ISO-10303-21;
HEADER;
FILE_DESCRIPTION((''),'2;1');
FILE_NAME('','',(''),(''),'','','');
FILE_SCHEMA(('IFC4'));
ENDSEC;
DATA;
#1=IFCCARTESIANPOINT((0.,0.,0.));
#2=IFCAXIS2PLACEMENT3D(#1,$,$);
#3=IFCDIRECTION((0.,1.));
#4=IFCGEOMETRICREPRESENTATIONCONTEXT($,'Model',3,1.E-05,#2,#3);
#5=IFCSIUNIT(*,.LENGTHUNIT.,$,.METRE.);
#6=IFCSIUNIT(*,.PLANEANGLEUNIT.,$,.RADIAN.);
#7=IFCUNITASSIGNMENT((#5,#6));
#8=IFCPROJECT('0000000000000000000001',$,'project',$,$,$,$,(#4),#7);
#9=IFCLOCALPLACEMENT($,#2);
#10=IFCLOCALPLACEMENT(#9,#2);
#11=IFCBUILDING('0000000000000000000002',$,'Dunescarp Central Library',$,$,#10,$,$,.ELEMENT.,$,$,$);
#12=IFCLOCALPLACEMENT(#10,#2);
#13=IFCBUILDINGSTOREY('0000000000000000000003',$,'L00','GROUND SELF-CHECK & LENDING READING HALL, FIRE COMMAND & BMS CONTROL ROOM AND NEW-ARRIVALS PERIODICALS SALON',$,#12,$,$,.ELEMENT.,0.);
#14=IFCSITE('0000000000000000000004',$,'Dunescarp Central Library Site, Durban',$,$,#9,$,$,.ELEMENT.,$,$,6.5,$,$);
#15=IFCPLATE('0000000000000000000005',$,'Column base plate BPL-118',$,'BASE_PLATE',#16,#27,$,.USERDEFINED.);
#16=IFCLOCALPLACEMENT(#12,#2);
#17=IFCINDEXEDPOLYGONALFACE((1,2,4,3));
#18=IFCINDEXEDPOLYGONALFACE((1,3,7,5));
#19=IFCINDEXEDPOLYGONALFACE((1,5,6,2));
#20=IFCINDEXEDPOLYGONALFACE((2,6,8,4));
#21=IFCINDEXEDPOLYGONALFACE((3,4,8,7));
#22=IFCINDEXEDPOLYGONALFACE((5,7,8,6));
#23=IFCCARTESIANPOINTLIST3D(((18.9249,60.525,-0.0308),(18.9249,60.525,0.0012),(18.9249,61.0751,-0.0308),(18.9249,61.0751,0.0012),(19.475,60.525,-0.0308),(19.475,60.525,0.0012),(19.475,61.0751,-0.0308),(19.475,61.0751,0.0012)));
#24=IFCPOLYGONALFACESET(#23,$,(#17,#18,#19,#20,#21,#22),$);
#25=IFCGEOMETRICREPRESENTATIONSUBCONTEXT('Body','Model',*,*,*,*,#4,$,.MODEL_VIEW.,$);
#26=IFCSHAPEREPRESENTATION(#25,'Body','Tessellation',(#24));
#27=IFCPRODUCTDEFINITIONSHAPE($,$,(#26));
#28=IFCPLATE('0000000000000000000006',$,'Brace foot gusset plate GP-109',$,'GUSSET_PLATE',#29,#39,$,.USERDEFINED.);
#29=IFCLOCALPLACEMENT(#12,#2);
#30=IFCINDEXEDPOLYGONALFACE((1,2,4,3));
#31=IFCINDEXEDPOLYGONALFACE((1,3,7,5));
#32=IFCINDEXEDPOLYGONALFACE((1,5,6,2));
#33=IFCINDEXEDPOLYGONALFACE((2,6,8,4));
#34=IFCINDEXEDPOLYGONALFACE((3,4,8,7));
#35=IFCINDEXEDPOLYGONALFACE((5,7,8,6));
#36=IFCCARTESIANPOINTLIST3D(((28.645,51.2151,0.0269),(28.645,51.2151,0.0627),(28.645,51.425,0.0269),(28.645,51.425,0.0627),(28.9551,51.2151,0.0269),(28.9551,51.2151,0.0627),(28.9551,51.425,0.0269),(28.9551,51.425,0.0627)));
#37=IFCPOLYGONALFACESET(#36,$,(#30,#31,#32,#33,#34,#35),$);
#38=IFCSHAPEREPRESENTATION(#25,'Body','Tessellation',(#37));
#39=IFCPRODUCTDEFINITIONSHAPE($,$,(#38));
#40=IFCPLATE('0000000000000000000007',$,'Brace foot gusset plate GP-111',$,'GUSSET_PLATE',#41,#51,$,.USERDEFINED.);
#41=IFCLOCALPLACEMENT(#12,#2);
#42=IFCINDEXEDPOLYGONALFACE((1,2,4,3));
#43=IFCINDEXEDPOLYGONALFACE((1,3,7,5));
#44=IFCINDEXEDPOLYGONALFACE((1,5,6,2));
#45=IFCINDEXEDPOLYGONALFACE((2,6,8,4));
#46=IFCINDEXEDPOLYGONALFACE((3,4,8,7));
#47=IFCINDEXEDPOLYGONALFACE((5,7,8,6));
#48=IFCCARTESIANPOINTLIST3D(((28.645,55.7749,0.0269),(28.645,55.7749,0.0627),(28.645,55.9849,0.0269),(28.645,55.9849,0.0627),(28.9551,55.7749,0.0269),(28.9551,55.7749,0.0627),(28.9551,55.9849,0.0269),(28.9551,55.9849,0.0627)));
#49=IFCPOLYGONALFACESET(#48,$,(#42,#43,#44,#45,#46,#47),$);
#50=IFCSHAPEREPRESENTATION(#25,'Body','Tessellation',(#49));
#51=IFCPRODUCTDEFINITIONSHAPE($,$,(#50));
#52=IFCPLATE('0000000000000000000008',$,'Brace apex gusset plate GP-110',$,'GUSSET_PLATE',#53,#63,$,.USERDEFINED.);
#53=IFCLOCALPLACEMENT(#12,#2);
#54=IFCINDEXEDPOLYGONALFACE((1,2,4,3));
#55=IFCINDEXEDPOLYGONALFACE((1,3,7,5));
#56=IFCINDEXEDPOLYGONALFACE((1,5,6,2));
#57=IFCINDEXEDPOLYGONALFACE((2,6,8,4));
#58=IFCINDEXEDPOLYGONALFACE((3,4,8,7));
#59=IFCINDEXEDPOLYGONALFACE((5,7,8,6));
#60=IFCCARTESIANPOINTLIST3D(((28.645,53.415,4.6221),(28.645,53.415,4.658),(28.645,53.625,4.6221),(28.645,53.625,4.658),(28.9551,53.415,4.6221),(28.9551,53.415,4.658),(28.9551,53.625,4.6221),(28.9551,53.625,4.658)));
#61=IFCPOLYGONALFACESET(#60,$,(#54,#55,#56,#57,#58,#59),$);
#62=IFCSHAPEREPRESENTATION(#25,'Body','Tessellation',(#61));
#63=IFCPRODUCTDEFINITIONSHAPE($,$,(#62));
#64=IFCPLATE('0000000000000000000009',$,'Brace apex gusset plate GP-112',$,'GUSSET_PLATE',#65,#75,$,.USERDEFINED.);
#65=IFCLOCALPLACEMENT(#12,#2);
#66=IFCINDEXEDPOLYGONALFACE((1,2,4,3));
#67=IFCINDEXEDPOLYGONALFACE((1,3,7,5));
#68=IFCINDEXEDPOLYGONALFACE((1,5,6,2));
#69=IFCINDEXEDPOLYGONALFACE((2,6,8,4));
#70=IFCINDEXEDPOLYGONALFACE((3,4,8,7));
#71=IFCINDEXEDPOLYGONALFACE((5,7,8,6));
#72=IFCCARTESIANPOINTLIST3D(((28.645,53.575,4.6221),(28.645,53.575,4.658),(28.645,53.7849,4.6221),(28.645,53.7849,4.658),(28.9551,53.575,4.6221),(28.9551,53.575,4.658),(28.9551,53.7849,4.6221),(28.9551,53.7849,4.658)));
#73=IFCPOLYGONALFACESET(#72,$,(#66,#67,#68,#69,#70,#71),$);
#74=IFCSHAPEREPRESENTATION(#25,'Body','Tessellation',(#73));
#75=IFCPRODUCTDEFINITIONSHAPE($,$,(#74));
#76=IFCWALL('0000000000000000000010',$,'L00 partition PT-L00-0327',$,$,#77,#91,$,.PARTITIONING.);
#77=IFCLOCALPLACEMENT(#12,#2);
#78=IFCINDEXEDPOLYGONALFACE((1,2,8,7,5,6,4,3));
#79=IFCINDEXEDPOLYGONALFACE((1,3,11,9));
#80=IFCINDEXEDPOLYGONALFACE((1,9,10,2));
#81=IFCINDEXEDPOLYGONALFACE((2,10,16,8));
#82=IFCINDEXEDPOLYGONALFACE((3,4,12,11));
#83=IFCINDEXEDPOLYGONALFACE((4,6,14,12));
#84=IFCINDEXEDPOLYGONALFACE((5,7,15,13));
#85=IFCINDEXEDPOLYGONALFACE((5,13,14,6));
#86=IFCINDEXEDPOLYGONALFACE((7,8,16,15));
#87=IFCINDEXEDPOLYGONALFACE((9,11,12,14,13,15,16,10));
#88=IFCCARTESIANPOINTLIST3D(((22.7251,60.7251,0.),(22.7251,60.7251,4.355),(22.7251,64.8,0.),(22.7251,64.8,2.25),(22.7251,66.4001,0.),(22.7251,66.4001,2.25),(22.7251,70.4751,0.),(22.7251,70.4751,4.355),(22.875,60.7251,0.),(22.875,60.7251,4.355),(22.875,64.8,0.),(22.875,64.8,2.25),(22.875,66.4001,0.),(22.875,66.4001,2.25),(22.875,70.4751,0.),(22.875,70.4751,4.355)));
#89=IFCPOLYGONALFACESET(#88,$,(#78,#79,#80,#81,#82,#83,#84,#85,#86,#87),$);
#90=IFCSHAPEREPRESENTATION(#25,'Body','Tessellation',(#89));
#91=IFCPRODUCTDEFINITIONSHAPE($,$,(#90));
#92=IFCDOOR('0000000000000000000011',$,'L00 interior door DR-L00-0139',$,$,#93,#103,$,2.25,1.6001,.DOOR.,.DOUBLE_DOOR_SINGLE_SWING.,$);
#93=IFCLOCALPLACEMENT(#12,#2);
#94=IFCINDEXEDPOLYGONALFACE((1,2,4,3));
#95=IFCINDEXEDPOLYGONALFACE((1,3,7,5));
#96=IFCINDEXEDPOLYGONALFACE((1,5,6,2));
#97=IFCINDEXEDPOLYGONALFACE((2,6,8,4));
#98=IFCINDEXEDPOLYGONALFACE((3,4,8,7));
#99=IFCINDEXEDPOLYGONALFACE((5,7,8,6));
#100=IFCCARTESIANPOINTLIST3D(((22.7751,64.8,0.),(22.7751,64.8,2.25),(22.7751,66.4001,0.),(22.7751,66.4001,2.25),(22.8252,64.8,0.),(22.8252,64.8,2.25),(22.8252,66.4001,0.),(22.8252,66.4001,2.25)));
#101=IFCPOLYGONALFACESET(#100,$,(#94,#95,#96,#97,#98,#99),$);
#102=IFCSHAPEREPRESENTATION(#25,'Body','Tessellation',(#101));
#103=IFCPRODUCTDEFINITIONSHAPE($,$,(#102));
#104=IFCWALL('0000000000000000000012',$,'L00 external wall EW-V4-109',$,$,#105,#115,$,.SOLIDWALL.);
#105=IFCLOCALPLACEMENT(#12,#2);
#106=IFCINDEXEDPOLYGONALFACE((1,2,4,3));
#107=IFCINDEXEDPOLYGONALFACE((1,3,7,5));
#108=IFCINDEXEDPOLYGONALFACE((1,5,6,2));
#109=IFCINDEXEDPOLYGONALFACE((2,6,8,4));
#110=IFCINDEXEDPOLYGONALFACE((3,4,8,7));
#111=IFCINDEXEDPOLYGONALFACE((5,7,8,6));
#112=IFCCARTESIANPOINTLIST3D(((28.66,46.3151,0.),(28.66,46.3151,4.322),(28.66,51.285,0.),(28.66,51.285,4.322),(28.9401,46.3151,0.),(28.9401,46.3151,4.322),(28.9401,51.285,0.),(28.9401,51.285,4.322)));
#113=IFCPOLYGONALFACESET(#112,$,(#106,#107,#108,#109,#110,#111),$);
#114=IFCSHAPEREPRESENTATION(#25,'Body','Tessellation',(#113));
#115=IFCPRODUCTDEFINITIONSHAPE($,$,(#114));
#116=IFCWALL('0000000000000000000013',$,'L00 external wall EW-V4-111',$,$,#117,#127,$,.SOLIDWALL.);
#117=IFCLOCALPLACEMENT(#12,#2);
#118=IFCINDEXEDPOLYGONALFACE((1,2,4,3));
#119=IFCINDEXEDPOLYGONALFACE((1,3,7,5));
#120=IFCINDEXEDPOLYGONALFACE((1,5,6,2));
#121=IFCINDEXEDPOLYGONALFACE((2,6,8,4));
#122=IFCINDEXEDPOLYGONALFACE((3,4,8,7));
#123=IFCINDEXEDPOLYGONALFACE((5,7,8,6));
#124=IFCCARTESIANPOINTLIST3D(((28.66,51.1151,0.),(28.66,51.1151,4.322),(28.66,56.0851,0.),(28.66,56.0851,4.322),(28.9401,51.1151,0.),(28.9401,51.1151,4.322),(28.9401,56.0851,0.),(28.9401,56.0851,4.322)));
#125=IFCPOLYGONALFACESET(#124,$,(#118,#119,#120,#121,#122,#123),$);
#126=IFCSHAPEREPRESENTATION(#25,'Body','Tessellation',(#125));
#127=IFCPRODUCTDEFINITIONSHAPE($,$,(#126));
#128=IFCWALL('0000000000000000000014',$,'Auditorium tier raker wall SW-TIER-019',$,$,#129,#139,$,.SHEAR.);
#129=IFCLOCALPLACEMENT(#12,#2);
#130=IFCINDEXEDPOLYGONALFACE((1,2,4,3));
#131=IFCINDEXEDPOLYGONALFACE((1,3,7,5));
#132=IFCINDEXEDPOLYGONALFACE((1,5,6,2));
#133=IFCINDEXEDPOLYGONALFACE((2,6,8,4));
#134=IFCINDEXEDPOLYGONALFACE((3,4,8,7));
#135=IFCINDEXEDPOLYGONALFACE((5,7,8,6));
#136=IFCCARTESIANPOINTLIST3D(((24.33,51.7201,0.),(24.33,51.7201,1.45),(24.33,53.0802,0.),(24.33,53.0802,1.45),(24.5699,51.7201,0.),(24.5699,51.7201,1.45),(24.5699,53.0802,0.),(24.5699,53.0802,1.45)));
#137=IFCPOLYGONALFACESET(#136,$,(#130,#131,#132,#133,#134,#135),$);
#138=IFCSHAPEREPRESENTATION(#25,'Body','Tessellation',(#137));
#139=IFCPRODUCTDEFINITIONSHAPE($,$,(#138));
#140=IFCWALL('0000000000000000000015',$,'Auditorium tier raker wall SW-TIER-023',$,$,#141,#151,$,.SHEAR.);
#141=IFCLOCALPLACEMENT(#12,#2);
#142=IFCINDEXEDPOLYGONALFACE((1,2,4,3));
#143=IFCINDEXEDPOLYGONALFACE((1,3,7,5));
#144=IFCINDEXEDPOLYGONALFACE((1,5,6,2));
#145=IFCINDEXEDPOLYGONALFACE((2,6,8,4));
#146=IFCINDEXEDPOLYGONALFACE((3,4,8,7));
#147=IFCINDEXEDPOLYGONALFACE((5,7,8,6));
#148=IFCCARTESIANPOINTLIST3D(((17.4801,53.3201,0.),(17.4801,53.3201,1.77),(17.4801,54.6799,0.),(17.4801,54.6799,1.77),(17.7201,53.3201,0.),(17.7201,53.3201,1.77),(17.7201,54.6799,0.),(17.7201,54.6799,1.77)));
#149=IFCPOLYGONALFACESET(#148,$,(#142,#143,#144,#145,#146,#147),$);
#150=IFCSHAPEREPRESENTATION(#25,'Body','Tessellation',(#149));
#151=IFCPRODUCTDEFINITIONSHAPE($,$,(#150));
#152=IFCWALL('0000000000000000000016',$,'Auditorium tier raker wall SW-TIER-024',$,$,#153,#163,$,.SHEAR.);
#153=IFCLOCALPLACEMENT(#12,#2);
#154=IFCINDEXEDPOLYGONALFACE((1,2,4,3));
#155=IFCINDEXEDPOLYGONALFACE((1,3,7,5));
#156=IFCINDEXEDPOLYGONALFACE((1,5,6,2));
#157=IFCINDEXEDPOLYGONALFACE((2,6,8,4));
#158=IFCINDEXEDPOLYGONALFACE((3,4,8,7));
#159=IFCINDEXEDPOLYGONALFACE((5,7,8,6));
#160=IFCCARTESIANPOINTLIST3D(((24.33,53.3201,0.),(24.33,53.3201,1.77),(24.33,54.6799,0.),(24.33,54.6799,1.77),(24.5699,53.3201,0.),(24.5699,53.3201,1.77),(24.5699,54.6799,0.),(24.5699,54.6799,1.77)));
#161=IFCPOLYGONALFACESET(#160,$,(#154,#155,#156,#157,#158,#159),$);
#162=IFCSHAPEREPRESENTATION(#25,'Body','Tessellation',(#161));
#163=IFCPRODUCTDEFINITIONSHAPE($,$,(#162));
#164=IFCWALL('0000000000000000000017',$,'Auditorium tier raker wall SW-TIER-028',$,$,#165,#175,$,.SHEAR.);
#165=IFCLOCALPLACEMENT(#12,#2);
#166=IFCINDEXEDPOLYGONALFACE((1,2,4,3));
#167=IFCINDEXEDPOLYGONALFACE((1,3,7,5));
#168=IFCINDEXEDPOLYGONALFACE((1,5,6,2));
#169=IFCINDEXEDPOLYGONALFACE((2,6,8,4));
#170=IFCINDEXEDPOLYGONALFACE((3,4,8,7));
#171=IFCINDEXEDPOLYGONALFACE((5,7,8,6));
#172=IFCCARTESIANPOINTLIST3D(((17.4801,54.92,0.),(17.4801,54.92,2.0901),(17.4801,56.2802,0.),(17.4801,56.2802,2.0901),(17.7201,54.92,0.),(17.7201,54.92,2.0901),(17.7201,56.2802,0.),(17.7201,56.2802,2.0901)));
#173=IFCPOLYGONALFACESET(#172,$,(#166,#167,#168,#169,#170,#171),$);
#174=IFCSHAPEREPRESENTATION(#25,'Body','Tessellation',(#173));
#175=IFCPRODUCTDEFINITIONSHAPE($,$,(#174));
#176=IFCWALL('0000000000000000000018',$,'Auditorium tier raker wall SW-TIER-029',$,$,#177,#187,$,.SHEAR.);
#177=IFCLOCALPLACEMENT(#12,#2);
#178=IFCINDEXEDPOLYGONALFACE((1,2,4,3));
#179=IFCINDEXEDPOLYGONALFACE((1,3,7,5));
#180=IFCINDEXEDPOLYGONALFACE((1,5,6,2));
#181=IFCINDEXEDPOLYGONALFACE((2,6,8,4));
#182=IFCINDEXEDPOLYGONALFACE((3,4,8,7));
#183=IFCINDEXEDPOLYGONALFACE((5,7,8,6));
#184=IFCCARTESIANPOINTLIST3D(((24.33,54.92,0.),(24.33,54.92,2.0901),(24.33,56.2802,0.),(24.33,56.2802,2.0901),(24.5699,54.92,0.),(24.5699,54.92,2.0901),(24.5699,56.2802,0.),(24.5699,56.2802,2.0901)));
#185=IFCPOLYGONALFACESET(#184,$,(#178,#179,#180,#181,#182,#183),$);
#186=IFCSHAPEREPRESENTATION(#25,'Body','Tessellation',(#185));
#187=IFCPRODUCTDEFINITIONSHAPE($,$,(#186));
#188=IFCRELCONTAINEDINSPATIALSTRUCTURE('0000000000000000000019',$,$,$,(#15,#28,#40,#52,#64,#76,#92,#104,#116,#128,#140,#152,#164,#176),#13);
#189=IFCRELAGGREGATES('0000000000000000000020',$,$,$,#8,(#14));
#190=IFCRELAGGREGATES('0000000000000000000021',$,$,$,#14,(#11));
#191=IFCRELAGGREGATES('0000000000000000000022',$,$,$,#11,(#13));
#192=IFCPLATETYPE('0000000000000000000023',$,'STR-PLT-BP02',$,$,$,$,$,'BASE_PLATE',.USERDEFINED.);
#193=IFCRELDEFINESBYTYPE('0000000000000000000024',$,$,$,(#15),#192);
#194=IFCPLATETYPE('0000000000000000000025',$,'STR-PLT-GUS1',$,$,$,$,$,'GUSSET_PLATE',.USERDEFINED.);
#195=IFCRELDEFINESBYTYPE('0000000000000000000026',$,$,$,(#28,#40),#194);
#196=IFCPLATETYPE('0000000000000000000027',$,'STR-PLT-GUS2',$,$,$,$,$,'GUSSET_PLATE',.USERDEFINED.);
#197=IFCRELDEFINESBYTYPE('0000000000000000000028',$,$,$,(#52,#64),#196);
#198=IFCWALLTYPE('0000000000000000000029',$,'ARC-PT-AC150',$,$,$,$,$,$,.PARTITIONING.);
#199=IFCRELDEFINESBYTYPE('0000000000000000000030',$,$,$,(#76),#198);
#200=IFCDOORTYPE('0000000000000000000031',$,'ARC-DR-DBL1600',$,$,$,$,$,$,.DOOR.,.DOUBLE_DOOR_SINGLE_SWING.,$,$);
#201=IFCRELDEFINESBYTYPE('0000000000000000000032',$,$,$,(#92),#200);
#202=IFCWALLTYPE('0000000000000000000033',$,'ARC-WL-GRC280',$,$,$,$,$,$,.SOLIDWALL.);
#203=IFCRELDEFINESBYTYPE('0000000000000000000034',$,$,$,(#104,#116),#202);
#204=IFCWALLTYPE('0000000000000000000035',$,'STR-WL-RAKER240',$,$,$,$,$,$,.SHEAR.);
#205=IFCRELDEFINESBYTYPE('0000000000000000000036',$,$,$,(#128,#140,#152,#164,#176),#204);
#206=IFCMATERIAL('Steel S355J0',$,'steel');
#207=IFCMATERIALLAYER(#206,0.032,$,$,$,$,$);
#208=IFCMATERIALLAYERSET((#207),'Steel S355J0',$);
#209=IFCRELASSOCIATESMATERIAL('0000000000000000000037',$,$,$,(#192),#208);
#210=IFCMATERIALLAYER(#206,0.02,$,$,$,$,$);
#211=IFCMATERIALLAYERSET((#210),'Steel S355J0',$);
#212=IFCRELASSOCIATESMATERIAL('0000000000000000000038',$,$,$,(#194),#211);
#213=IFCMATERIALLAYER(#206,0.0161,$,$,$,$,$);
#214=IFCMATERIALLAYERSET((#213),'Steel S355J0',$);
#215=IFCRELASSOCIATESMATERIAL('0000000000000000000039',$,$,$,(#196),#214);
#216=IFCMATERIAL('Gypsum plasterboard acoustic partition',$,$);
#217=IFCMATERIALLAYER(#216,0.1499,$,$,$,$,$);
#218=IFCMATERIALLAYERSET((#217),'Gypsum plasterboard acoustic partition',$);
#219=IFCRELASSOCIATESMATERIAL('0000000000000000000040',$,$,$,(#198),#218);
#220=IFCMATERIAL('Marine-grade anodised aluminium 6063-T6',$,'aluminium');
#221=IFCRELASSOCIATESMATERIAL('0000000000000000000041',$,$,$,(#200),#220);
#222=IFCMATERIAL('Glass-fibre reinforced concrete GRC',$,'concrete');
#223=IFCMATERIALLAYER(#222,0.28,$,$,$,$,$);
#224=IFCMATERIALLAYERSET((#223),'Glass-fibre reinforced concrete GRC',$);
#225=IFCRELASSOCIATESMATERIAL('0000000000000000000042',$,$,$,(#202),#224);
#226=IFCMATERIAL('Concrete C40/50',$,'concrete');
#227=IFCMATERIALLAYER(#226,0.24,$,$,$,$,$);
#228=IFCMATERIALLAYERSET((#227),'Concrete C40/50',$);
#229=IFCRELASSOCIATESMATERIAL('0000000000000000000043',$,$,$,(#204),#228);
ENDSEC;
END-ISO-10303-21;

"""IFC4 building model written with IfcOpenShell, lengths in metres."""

from ifc_helpers import new_model, si_unit, direction, frame, frame_2d, origin, origin_2d, place, context, subcontext, project, spatial, rectangle, extrude, material, layer, layer_set, type_object, element, fill, save


model = new_model("IFC4")

# Units and contexts
model_context = context("Model", 3, precision=1e-05, world=origin(), true_north=direction((0.0, 1.0)))
body_context = subcontext(model_context, "Body", "Model", "MODEL_VIEW")
ifc_project = project(units=[si_unit("LENGTHUNIT", "METRE"), si_unit("PLANEANGLEUNIT", "RADIAN")], contexts=[model_context])

# Site, building, storey
site_placement = place(None, origin())
site = spatial("IfcSite", under=ifc_project, at=site_placement, Name="Dunescarp Central Library Site, Durban", CompositionType="ELEMENT", RefElevation=6.5)
building_placement = place(site_placement, origin())
building = spatial("IfcBuilding", under=site, at=building_placement, Name="Dunescarp Central Library", CompositionType="ELEMENT")
storey_placement = place(building_placement, origin())
storey = spatial("IfcBuildingStorey", under=building, at=storey_placement, Name="L00", Description="GROUND SELF-CHECK & LENDING READING HALL, FIRE COMMAND & BMS CONTROL ROOM AND NEW-ARRIVALS PERIODICALS SALON", CompositionType="ELEMENT", Elevation=0.0)

# Shared definitions
ifc_material_1 = material(Name="Concrete C40/50", Category="concrete")

# Shared definitions
ifc_material_2 = material(Name="Steel S355J0", Category="steel")

# Plates
ifc_layer_1 = layer(ifc_material_2, 0.032)
ifc_layer_set_1 = layer_set([ifc_layer_1], Name="Steel S355J0")
plate_type_1 = type_object("IfcPlateType", Name="STR-PLT-BP02", ElementType="BASE_PLATE", PredefinedType="USERDEFINED", material=ifc_layer_set_1)
plate_placement = place(storey_placement, frame((19.2, 60.8, -0.0308), z_axis=(0.0, 0.0, 1.0), x_axis=(1.0, 0.0, 0.0)))
element("IfcPlate", 1, at=plate_placement, inside=storey, type_object=plate_type_1, Name="Column base plate BPL-118", ObjectType="BASE_PLATE", PredefinedType="USERDEFINED", context=body_context, shape_type="SweptSolid", body=[
    extrude(rectangle(XDim=0.55, YDim=0.55, at=origin_2d()), origin(), (0.0, 0.0, 1.0), 0.032),
])
ifc_layer_2 = layer(ifc_material_2, 0.02)
ifc_layer_set_2 = layer_set([ifc_layer_2], Name="Steel S355J0")
plate_type_2 = type_object("IfcPlateType", Name="STR-PLT-GUS1", ElementType="GUSSET_PLATE", PredefinedType="USERDEFINED", material=ifc_layer_set_2)
for number, where, z_axis, x_axis, name in (
    (2, (28.8, 51.3201, 0.0269), (0.0, 0.0, 1.0), (1.0, 0.0, 0.0), "Brace foot gusset plate GP-109"),
    (3, (28.8, 55.8799, 0.0269), (0.0, 0.0, 1.0), (1.0, 0.0, 0.0), "Brace foot gusset plate GP-111"),
):
    element("IfcPlate", number, at=place(storey_placement, frame(where, z_axis=z_axis, x_axis=x_axis)), inside=storey, type_object=plate_type_2, Name=name, ObjectType="GUSSET_PLATE", PredefinedType="USERDEFINED", context=body_context, shape_type="SweptSolid", body=[
        extrude(rectangle(XDim=0.3101, YDim=0.21, at=origin_2d()), origin(), (0.0, 0.0, 1.0), 0.0359),
    ])
ifc_layer_3 = layer(ifc_material_2, 0.0161)
ifc_layer_set_3 = layer_set([ifc_layer_3], Name="Steel S355J0")
plate_type_3 = type_object("IfcPlateType", Name="STR-PLT-GUS2", ElementType="GUSSET_PLATE", PredefinedType="USERDEFINED", material=ifc_layer_set_3)
for number, where, z_axis, x_axis, name in (
    (4, (28.8, 53.52, 4.6221), (0.0, 0.0, 1.0), (1.0, 0.0, 0.0), "Brace apex gusset plate GP-110"),
    (5, (28.8, 53.6799, 4.6221), (0.0, 0.0, 1.0), (1.0, 0.0, 0.0), "Brace apex gusset plate GP-112"),
):
    element("IfcPlate", number, at=place(storey_placement, frame(where, z_axis=z_axis, x_axis=x_axis)), inside=storey, type_object=plate_type_3, Name=name, ObjectType="GUSSET_PLATE", PredefinedType="USERDEFINED", context=body_context, shape_type="SweptSolid", body=[
        extrude(rectangle(XDim=0.3101, YDim=0.21, at=origin_2d()), origin(), (0.0, 0.0, 1.0), 0.0359),
    ])

# Wall, opening, door
ifc_material_3 = material(Name="Gypsum plasterboard acoustic partition")
ifc_layer_4 = layer(ifc_material_3, 0.1499)
ifc_layer_set_4 = layer_set([ifc_layer_4], Name="Gypsum plasterboard acoustic partition")
wall_type_1 = type_object("IfcWallType", Name="ARC-PT-AC150", PredefinedType="PARTITIONING", material=ifc_layer_set_4)
wall_1_placement = place(storey_placement, frame((22.8, 60.7251, 0.0), z_axis=(0.0, 0.0, 1.0), x_axis=(0.0, 1.0, 0.0)))
wall_1 = element("IfcWall", 6, at=wall_1_placement, inside=storey, type_object=wall_type_1, Name="L00 partition PT-L00-0327", PredefinedType="PARTITIONING", context=body_context, shape_type="SweptSolid", body=[
    extrude(rectangle(XDim=9.75, YDim=0.1499, at=frame_2d((4.875, 0.0))), origin(), (0.0, 0.0, 1.0), 4.355),
])
opening_placement = place(wall_1_placement, frame((4.075, 0.0, 0.0)))
opening = element("IfcOpeningElement", 7, at=opening_placement, cuts=wall_1, PredefinedType="OPENING", context=body_context, shape_type="SweptSolid", body=[
    extrude(rectangle(XDim=1.6001, YDim=2.25, at=frame_2d((0.8, 1.125))), frame((0.0, 0.085, 0.0), z_axis=(0.0, -1.0, 0.0), x_axis=(1.0, 0.0, 0.0)), (0.0, 0.0, 1.0), 0.1699),
])
ifc_material_4 = material(Name="Marine-grade anodised aluminium 6063-T6", Category="aluminium")
door_type = type_object("IfcDoorType", Name="ARC-DR-DBL1600", OperationType="DOUBLE_DOOR_SINGLE_SWING", PredefinedType="DOOR", material=ifc_material_4)
door_placement = place(opening_placement, origin())
door = element("IfcDoor", 8, at=door_placement, inside=storey, type_object=door_type, Name="L00 interior door DR-L00-0139", OperationType="DOUBLE_DOOR_SINGLE_SWING", OverallHeight=2.25, OverallWidth=1.6001, PredefinedType="DOOR", context=body_context, shape_type="SweptSolid", body=[
    extrude(rectangle(XDim=1.6001, YDim=2.25, at=frame_2d((0.8, 1.125))), frame((0.0, 0.0249, 0.0), z_axis=(0.0, -1.0, 0.0), x_axis=(1.0, 0.0, 0.0)), (0.0, 0.0, 1.0), 0.05),
])
fill(opening, door)

# Walls
ifc_material_5 = material(Name="Glass-fibre reinforced concrete GRC", Category="concrete")
ifc_layer_5 = layer(ifc_material_5, 0.28)
ifc_layer_set_5 = layer_set([ifc_layer_5], Name="Glass-fibre reinforced concrete GRC")
wall_type_2 = type_object("IfcWallType", Name="ARC-WL-GRC280", PredefinedType="SOLIDWALL", material=ifc_layer_set_5)
for number, where, z_axis, x_axis, name in (
    (9, (28.8, 51.2849, 0.0), (0.0, 0.0, 1.0), (0.0, -1.0, 0.0), "L00 external wall EW-V4-109"),
    (10, (28.8, 56.085, 0.0), (0.0, 0.0, 1.0), (0.0, -1.0, 0.0), "L00 external wall EW-V4-111"),
):
    element("IfcWall", number, at=place(storey_placement, frame(where, z_axis=z_axis, x_axis=x_axis)), inside=storey, type_object=wall_type_2, Name=name, PredefinedType="SOLIDWALL", context=body_context, shape_type="SweptSolid", body=[
        extrude(rectangle(XDim=4.97, YDim=0.28, at=frame_2d((2.4849, 0.0))), origin(), (0.0, 0.0, 1.0), 4.322),
    ])
ifc_layer_6 = layer(ifc_material_1, 0.24)
ifc_layer_set_6 = layer_set([ifc_layer_6], Name="Concrete C40/50")
wall_type_3 = type_object("IfcWallType", Name="STR-WL-RAKER240", PredefinedType="SHEAR", material=ifc_layer_set_6)
wall_2_placement = place(storey_placement, frame((24.45, 51.72, 0.0), z_axis=(0.0, 0.0, 1.0), x_axis=(0.0, 1.0, 0.0)))
element("IfcWall", 11, at=wall_2_placement, inside=storey, type_object=wall_type_3, Name="Auditorium tier raker wall SW-TIER-019", PredefinedType="SHEAR", context=body_context, shape_type="SweptSolid", body=[
    extrude(rectangle(XDim=1.3601, YDim=0.24, at=frame_2d((0.6802, 0.0))), origin(), (0.0, 0.0, 1.0), 1.45),
])
for number, where, z_axis, x_axis, name in (
    (12, (17.6001, 53.3201, 0.0), (0.0, 0.0, 1.0), (0.0, 1.0, 0.0), "Auditorium tier raker wall SW-TIER-023"),
    (13, (24.45, 53.3201, 0.0), (0.0, 0.0, 1.0), (0.0, 1.0, 0.0), "Auditorium tier raker wall SW-TIER-024"),
):
    element("IfcWall", number, at=place(storey_placement, frame(where, z_axis=z_axis, x_axis=x_axis)), inside=storey, type_object=wall_type_3, Name=name, PredefinedType="SHEAR", context=body_context, shape_type="SweptSolid", body=[
        extrude(rectangle(XDim=1.3599, YDim=0.24, at=frame_2d((0.6799, 0.0))), origin(), (0.0, 0.0, 1.0), 1.77),
    ])
for number, where, z_axis, x_axis, name in (
    (14, (17.6001, 54.9199, 0.0), (0.0, 0.0, 1.0), (0.0, 1.0, 0.0), "Auditorium tier raker wall SW-TIER-028"),
    (15, (24.45, 54.9199, 0.0), (0.0, 0.0, 1.0), (0.0, 1.0, 0.0), "Auditorium tier raker wall SW-TIER-029"),
):
    element("IfcWall", number, at=place(storey_placement, frame(where, z_axis=z_axis, x_axis=x_axis)), inside=storey, type_object=wall_type_3, Name=name, PredefinedType="SHEAR", context=body_context, shape_type="SweptSolid", body=[
        extrude(rectangle(XDim=1.3601, YDim=0.24, at=frame_2d((0.6802, 0.0))), origin(), (0.0, 0.0, 1.0), 2.0901),
    ])

save(model, "model.ifc")
